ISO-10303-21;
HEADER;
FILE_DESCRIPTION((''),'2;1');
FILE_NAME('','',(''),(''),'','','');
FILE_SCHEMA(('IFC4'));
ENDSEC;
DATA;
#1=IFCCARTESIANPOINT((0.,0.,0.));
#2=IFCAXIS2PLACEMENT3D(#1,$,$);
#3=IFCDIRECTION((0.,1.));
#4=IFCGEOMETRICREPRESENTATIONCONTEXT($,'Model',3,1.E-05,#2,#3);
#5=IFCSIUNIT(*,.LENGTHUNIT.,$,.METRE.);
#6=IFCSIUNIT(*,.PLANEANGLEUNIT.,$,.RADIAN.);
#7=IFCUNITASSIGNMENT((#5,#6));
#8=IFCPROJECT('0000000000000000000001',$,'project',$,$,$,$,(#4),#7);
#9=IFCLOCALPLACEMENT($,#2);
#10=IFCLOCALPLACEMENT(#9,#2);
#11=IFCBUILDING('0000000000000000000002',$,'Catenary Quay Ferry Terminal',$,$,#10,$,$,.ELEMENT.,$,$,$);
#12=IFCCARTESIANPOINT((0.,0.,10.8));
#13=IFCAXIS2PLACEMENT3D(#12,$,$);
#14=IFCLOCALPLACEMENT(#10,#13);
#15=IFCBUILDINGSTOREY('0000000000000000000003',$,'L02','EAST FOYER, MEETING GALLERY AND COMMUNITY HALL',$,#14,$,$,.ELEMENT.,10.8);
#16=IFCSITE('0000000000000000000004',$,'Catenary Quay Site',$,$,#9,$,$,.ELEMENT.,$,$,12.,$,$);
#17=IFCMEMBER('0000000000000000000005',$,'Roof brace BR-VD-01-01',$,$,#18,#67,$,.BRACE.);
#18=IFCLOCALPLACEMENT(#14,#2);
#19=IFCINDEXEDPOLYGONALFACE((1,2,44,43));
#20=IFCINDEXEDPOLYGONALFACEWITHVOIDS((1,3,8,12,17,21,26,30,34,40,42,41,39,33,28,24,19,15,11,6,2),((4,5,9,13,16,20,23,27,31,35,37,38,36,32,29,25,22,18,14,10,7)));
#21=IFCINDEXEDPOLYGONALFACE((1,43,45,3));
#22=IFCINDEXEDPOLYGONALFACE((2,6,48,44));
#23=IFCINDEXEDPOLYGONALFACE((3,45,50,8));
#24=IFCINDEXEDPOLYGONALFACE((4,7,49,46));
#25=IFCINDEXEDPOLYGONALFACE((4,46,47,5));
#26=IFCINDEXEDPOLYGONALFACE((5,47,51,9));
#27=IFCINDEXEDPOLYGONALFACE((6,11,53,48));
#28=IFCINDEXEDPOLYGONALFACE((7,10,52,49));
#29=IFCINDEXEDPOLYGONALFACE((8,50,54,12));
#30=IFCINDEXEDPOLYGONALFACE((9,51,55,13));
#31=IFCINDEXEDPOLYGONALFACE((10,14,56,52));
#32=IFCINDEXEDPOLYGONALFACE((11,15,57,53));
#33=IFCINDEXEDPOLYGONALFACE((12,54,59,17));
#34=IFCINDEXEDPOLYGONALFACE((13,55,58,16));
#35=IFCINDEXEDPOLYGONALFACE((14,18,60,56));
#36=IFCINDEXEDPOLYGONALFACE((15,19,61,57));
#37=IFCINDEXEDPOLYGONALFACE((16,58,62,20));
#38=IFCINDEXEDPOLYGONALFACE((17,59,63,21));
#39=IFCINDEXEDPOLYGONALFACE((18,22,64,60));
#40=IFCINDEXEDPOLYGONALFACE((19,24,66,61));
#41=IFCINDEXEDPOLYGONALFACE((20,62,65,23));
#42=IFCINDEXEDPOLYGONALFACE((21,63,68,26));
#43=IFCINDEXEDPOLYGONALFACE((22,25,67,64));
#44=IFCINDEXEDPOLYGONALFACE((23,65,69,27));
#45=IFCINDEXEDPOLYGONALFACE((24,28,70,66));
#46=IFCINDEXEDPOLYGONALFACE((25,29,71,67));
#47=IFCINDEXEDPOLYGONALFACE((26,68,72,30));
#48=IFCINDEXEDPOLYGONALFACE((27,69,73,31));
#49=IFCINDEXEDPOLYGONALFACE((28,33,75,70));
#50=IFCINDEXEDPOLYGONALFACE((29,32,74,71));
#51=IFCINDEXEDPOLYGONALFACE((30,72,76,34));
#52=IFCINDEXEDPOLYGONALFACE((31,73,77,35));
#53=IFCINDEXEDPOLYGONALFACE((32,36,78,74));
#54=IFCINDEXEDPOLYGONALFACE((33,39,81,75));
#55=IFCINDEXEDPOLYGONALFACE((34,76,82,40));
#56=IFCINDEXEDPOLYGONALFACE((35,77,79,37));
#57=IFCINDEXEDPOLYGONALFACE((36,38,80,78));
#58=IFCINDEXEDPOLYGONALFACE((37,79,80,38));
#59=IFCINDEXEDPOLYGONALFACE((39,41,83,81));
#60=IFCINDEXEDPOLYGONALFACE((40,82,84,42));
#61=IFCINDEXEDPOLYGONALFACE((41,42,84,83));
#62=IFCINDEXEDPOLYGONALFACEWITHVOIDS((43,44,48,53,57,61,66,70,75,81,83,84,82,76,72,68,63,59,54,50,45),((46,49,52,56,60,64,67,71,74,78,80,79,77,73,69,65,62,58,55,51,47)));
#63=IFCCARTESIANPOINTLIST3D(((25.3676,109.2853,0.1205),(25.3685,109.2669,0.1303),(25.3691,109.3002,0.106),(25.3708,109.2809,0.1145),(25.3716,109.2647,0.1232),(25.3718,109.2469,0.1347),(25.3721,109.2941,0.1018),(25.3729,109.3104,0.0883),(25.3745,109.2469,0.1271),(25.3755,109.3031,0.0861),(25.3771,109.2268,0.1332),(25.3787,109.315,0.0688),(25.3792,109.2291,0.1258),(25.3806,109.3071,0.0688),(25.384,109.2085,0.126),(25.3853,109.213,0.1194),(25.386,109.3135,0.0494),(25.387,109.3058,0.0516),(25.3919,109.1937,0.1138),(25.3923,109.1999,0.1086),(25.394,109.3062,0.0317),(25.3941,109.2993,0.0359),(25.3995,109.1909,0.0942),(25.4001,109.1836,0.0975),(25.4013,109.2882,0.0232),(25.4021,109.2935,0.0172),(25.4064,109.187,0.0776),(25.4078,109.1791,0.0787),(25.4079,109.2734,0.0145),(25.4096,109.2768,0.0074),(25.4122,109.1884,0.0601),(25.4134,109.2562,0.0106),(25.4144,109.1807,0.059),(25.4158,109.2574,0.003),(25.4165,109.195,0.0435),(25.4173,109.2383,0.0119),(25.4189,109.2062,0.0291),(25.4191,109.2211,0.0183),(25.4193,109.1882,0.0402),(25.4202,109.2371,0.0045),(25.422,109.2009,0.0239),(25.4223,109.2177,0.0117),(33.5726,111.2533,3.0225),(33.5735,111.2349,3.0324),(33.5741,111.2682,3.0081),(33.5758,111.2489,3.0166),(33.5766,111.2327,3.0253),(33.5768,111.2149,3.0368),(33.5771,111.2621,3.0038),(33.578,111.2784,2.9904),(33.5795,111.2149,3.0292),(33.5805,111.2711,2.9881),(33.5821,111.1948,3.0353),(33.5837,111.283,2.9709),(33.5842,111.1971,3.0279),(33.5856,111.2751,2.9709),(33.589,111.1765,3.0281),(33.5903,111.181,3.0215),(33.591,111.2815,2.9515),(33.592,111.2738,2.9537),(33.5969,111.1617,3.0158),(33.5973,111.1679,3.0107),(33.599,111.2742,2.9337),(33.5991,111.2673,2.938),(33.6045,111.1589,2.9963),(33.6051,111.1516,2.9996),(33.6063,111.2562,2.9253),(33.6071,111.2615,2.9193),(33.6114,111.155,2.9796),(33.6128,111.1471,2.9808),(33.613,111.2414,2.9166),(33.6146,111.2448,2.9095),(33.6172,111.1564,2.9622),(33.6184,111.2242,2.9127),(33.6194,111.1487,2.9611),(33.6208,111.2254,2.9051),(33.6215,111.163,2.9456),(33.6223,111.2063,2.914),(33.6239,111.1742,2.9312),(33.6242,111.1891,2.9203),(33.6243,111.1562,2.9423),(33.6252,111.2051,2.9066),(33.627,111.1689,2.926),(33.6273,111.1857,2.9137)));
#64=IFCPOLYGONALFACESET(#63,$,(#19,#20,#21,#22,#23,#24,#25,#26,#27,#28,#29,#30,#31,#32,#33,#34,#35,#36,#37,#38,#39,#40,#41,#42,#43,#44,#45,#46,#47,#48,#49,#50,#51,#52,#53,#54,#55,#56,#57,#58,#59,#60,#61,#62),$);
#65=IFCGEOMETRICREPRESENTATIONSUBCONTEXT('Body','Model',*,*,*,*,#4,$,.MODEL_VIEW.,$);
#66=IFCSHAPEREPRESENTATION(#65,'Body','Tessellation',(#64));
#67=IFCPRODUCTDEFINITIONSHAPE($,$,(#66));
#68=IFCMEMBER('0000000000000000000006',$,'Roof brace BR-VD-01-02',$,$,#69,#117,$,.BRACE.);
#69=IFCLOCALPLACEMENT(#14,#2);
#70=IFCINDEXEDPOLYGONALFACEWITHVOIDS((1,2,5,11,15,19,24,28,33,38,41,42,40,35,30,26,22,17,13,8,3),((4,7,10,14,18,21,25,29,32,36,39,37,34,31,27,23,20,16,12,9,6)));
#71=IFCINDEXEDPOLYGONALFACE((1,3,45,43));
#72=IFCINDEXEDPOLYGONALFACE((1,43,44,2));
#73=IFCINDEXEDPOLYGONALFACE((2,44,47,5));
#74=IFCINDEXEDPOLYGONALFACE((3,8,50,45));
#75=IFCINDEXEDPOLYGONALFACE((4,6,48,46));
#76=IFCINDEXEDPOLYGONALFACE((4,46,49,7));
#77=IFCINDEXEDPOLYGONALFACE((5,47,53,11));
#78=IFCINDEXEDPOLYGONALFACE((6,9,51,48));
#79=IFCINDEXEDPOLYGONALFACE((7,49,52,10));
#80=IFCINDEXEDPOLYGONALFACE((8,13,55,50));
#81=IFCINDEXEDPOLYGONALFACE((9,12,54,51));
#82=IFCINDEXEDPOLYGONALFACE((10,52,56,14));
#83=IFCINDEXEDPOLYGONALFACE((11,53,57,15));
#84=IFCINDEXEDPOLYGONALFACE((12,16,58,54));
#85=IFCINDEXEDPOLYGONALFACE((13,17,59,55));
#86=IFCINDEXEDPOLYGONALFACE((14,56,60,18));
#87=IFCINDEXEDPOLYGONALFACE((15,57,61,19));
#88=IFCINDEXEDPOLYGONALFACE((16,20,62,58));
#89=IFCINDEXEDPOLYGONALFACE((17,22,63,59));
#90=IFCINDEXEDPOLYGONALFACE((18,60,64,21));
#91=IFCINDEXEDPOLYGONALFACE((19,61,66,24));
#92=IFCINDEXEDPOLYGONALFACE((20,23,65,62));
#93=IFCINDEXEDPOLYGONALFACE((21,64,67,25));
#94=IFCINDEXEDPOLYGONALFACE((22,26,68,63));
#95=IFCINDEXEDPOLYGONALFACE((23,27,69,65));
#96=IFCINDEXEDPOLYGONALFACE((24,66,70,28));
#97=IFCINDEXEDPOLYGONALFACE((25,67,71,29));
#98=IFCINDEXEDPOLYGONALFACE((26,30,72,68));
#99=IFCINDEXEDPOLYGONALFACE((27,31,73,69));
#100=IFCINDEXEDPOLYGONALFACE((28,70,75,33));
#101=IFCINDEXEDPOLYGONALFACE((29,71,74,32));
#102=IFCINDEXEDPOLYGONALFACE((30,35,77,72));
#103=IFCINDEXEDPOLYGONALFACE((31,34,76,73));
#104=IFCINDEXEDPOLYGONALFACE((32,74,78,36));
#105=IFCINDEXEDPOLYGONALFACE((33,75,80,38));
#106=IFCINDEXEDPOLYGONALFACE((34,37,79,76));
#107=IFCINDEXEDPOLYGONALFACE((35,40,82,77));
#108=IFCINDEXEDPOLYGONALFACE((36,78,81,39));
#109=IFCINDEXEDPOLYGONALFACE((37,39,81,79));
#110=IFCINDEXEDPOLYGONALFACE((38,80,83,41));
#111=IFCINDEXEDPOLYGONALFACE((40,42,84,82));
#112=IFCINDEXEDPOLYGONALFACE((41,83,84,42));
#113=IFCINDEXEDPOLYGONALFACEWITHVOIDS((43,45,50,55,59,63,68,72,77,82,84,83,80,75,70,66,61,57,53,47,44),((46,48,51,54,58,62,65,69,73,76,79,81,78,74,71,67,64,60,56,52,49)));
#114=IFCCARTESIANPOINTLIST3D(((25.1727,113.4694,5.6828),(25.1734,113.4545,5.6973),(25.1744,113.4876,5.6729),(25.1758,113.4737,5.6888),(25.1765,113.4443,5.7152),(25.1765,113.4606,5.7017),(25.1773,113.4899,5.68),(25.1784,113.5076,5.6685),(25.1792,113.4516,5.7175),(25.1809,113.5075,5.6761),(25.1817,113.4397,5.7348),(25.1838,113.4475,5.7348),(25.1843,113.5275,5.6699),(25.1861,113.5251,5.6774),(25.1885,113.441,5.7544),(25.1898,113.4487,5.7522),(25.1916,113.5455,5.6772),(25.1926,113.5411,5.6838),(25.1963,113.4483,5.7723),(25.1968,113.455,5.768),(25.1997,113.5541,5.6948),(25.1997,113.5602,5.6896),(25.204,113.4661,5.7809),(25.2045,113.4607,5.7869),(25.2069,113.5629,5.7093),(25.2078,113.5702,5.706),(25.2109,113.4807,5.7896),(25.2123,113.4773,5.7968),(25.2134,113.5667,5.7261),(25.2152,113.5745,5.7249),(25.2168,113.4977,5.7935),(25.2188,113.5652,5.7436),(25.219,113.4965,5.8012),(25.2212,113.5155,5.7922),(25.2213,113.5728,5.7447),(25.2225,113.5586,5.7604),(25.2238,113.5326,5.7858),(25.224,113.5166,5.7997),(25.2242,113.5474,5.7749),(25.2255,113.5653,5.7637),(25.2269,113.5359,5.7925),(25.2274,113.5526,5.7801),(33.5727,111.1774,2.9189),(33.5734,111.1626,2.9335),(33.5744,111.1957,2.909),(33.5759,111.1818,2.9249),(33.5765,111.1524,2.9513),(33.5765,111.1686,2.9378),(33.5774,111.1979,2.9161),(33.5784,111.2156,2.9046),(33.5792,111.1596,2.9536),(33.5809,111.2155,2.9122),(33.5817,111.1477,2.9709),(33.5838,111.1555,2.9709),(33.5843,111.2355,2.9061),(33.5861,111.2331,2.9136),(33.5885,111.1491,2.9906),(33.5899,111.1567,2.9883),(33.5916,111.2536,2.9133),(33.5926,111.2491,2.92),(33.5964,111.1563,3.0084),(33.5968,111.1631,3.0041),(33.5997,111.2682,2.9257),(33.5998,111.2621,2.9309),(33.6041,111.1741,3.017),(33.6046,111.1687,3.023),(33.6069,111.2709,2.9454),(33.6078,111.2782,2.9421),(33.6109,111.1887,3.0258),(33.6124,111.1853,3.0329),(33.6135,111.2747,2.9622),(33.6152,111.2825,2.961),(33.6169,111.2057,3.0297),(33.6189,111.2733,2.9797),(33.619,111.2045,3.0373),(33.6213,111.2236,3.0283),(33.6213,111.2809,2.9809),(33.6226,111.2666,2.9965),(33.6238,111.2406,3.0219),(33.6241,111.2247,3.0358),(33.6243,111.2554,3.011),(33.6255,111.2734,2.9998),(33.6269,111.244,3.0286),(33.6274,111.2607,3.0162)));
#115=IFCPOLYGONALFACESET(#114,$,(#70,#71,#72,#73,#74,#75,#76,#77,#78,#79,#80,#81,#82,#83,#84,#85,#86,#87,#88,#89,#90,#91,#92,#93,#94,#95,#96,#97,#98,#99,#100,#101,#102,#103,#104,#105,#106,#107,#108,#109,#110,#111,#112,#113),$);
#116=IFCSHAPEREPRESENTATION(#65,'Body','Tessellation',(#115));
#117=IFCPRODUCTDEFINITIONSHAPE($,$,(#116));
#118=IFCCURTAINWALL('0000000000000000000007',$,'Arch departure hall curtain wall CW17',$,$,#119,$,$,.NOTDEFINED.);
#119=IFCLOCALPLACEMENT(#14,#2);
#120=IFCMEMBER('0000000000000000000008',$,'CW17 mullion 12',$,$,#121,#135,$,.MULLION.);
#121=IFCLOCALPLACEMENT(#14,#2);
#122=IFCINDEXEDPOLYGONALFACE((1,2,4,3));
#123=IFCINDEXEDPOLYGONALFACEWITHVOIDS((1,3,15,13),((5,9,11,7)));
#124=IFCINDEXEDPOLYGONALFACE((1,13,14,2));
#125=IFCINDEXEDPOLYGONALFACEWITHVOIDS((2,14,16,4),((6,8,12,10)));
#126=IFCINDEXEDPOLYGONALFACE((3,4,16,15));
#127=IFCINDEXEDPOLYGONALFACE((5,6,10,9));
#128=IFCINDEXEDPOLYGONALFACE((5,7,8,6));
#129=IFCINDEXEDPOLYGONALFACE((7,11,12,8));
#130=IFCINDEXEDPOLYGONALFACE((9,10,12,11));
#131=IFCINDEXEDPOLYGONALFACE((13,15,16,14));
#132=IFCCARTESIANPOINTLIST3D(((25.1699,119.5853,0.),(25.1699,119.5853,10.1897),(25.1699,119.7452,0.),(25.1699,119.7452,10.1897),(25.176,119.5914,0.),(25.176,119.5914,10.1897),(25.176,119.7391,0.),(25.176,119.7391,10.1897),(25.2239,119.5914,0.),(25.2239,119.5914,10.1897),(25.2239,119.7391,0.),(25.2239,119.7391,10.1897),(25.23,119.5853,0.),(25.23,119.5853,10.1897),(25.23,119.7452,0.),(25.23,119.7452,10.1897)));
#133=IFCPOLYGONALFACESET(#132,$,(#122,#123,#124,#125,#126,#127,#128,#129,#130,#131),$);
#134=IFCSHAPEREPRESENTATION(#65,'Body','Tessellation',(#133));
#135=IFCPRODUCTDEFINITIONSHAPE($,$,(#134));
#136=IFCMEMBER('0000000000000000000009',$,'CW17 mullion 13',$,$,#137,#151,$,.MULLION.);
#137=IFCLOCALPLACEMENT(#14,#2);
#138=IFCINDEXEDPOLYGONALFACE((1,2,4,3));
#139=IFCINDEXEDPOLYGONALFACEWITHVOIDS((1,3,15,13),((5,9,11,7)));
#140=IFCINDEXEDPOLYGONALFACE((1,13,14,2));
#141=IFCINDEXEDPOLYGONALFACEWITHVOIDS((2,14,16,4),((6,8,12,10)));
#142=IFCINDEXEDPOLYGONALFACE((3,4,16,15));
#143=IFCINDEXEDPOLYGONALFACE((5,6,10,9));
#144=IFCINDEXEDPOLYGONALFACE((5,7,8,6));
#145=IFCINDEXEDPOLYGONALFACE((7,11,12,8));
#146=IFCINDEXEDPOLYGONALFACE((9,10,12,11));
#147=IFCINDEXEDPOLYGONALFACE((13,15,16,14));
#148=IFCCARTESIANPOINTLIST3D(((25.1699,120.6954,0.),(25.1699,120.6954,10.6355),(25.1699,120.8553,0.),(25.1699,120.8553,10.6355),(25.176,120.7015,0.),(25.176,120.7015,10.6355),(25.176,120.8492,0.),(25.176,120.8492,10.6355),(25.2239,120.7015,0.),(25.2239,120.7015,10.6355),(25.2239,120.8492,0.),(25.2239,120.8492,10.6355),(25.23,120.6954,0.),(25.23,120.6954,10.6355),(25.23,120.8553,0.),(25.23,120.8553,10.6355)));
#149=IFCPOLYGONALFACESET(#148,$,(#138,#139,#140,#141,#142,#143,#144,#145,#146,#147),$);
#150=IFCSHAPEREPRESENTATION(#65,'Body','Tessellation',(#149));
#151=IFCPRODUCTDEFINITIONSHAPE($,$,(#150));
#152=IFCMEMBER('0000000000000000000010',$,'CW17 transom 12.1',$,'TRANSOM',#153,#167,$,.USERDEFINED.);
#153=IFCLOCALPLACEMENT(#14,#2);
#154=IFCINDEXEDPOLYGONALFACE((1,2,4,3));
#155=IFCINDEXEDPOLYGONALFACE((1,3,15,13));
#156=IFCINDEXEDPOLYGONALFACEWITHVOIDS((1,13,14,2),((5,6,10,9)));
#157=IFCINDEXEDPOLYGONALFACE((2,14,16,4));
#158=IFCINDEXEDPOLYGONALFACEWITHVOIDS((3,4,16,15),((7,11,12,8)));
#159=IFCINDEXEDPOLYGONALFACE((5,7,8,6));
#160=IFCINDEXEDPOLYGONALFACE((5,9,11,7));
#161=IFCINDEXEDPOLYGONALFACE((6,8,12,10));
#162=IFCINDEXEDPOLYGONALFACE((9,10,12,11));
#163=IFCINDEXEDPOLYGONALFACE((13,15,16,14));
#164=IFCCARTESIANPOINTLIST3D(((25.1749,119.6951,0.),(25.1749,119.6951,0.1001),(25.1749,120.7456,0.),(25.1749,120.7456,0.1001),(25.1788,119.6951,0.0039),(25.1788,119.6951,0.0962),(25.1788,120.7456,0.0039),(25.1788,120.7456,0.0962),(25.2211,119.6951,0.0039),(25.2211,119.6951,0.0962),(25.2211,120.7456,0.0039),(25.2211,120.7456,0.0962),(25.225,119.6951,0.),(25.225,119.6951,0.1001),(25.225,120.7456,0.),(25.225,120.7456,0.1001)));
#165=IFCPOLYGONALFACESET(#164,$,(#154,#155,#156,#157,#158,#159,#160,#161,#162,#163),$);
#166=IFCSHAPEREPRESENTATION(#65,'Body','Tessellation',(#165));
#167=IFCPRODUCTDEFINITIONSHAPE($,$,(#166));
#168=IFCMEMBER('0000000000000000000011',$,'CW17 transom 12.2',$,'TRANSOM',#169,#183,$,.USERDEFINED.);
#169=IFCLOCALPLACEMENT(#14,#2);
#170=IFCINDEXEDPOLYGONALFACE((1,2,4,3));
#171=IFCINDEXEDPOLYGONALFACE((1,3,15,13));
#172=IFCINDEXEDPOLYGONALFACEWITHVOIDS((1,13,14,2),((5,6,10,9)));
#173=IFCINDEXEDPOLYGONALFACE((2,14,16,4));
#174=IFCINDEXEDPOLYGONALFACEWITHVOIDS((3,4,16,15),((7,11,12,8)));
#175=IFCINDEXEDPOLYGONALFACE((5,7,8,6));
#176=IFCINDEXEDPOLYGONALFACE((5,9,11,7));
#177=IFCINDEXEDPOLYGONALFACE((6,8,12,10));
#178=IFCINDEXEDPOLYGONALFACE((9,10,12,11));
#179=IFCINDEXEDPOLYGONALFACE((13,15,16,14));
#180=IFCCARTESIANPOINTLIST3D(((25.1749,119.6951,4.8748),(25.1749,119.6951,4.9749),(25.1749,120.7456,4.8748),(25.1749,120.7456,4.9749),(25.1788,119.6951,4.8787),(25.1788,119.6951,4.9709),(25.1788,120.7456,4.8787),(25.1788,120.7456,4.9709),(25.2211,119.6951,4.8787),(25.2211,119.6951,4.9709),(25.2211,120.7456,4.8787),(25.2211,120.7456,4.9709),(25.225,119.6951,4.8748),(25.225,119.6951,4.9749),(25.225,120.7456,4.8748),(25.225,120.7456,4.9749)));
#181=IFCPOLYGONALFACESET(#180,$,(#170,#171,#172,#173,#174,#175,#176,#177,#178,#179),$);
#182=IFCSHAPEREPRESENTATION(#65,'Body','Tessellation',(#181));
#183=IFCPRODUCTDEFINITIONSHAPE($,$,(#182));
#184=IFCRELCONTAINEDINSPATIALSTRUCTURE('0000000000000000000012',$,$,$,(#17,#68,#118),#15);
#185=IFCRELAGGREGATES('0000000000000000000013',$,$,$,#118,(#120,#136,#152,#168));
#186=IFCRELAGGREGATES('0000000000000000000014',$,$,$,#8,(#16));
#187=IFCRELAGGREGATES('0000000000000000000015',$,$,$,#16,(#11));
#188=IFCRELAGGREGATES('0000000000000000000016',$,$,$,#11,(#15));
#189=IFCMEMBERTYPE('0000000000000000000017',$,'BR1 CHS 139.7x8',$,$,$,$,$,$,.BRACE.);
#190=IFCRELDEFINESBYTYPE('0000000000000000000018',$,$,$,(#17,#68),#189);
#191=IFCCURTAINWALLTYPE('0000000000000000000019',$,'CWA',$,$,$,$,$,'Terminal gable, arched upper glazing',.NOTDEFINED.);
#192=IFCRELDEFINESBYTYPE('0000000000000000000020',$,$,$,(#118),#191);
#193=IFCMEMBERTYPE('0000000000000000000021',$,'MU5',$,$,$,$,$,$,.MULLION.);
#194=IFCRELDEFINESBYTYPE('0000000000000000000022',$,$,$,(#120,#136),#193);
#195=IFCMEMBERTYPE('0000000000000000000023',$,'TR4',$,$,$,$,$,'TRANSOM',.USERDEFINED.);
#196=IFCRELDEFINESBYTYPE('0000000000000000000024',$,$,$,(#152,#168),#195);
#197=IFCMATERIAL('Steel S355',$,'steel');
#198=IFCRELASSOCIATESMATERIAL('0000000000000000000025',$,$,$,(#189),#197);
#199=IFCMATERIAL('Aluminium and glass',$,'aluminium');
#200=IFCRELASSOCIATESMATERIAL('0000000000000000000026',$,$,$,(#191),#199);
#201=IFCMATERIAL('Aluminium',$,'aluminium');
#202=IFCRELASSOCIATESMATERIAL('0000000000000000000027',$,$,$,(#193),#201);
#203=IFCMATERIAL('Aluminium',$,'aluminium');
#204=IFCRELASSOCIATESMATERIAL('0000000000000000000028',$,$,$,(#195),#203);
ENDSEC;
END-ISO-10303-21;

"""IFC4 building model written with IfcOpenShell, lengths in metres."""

from ifc_helpers import new_model, si_unit, direction, frame, origin, origin_2d, place, context, subcontext, project, spatial, hollow_rectangle, hollow_circle, extrude, material, material_profile, profile_set, type_object, element, aggregate, save


model = new_model("IFC4")

# Units and contexts
model_context = context("Model", 3, precision=1e-05, world=origin(), true_north=direction((0.0, 1.0)))
body_context = subcontext(model_context, "Body", "Model", "MODEL_VIEW")
ifc_project = project(units=[si_unit("LENGTHUNIT", "METRE"), si_unit("PLANEANGLEUNIT", "RADIAN")], contexts=[model_context])

# Site, building, storey
site_placement = place(None, origin())
site = spatial("IfcSite", under=ifc_project, at=site_placement, Name="Catenary Quay Site", CompositionType="ELEMENT", RefElevation=12.0)
building_placement = place(site_placement, origin())
building = spatial("IfcBuilding", under=site, at=building_placement, Name="Catenary Quay Ferry Terminal", CompositionType="ELEMENT")
storey_placement = place(building_placement, frame((0.0, 0.0, 10.8)))
storey = spatial("IfcBuildingStorey", under=building, at=storey_placement, Name="L02", Description="EAST FOYER, MEETING GALLERY AND COMMUNITY HALL", CompositionType="ELEMENT", Elevation=10.8)

# Members
ifc_material_1 = material(Name="Steel S355", Category="steel")
ifc_material_profile_1 = material_profile(ifc_material_1, hollow_circle(Radius=0.0698, WallThickness=0.0081, at=origin_2d()), Name="CHS 139.7x8")
ifc_profile_set_1 = profile_set([ifc_material_profile_1], Name="Steel S355")
member_type_1 = type_object("IfcMemberType", Name="BR1 CHS 139.7x8", PredefinedType="BRACE", material=ifc_profile_set_1)
member_1_placement = place(storey_placement, frame((25.395, 109.2471, 0.0688), z_axis=(0.91955, 0.220557, 0.325241), x_axis=(-0.233238, 0.97242, 0.0)))
element("IfcMember", 1, at=member_1_placement, inside=storey, type_object=member_type_1, Name="Roof brace BR-VD-01-01", PredefinedType="BRACE", context=body_context, shape_type="SweptSolid", body=[
    extrude(hollow_circle(Radius=0.0698, WallThickness=0.0081, at=origin_2d()), origin(), (0.0, 0.0, 1.0), 8.9229),
])
member_2_placement = place(storey_placement, frame((33.6001, 111.2151, 2.9709), z_axis=(-0.919519, 0.250892, 0.302551), x_axis=(-0.263229, -0.964733, 0.0)))
element("IfcMember", 2, at=member_2_placement, inside=storey, type_object=member_type_1, Name="Roof brace BR-VD-01-02", PredefinedType="BRACE", context=body_context, shape_type="SweptSolid", body=[
    extrude(hollow_circle(Radius=0.0698, WallThickness=0.0081, at=origin_2d()), origin(), (0.0, 0.0, 1.0), 9.1353),
])

# Curtain wall, members
ifc_material_2 = material(Name="Aluminium and glass", Category="aluminium")
curtain_wall_type = type_object("IfcCurtainWallType", Name="CWA", ElementType="Terminal gable, arched upper glazing", PredefinedType="NOTDEFINED", material=ifc_material_2)
curtain_wall_placement = place(storey_placement, origin())
curtain_wall = element("IfcCurtainWall", 3, at=curtain_wall_placement, inside=storey, type_object=curtain_wall_type, Name="Arch departure hall curtain wall CW17", PredefinedType="NOTDEFINED")
ifc_material_3 = material(Name="Aluminium", Category="aluminium")
ifc_material_profile_2 = material_profile(ifc_material_3, hollow_rectangle(XDim=0.0601, YDim=0.1599, WallThickness=0.0061, at=origin_2d()), Name="MU5")
ifc_profile_set_2 = profile_set([ifc_material_profile_2], Name="Aluminium")
member_type_2 = type_object("IfcMemberType", Name="MU5", PredefinedType="MULLION", material=ifc_profile_set_2)
member_3_placement = place(storey_placement, frame((25.2, 119.6653, 0.0), z_axis=(0.0, 0.0, 1.0), x_axis=(-1.0, 0.0, 0.0)))
member_3 = element("IfcMember", 4, at=member_3_placement, type_object=member_type_2, Name="CW17 mullion 12", PredefinedType="MULLION", context=body_context, shape_type="SweptSolid", body=[
    extrude(hollow_rectangle(XDim=0.0601, YDim=0.1599, WallThickness=0.0061, at=origin_2d()), origin(), (0.0, 0.0, 1.0), 10.1897),
])
member_4_placement = place(storey_placement, frame((25.2, 120.7754, 0.0), z_axis=(0.0, 0.0, 1.0), x_axis=(-1.0, 0.0, 0.0)))
member_4 = element("IfcMember", 5, at=member_4_placement, type_object=member_type_2, Name="CW17 mullion 13", PredefinedType="MULLION", context=body_context, shape_type="SweptSolid", body=[
    extrude(hollow_rectangle(XDim=0.0601, YDim=0.1599, WallThickness=0.0061, at=origin_2d()), origin(), (0.0, 0.0, 1.0), 10.6355),
])
ifc_material_4 = material(Name="Aluminium", Category="aluminium")
ifc_material_profile_3 = material_profile(ifc_material_4, hollow_rectangle(XDim=0.05, YDim=0.1001, WallThickness=0.0039, at=origin_2d()), Name="TR4")
ifc_profile_set_3 = profile_set([ifc_material_profile_3], Name="Aluminium")
member_type_3 = type_object("IfcMemberType", Name="TR4", ElementType="TRANSOM", PredefinedType="USERDEFINED", material=ifc_profile_set_3)
member_5_placement = place(storey_placement, frame((25.2, 119.6951, 0.05), z_axis=(0.0, 1.0, 0.0), x_axis=(-1.0, 0.0, 0.0)))
member_5 = element("IfcMember", 6, at=member_5_placement, type_object=member_type_3, Name="CW17 transom 12.1", ObjectType="TRANSOM", PredefinedType="USERDEFINED", context=body_context, shape_type="SweptSolid", body=[
    extrude(hollow_rectangle(XDim=0.05, YDim=0.1001, WallThickness=0.0039, at=origin_2d()), origin(), (0.0, 0.0, 1.0), 1.0505),
])
member_6_placement = place(storey_placement, frame((25.2, 119.6951, 4.9248), z_axis=(0.0, 1.0, 0.0), x_axis=(-1.0, 0.0, 0.0)))
member_6 = element("IfcMember", 7, at=member_6_placement, type_object=member_type_3, Name="CW17 transom 12.2", ObjectType="TRANSOM", PredefinedType="USERDEFINED", context=body_context, shape_type="SweptSolid", body=[
    extrude(hollow_rectangle(XDim=0.05, YDim=0.1001, WallThickness=0.0039, at=origin_2d()), origin(), (0.0, 0.0, 1.0), 1.0505),
])

aggregate(curtain_wall, [member_3, member_4, member_5, member_6])

save(model, "model.ifc")
